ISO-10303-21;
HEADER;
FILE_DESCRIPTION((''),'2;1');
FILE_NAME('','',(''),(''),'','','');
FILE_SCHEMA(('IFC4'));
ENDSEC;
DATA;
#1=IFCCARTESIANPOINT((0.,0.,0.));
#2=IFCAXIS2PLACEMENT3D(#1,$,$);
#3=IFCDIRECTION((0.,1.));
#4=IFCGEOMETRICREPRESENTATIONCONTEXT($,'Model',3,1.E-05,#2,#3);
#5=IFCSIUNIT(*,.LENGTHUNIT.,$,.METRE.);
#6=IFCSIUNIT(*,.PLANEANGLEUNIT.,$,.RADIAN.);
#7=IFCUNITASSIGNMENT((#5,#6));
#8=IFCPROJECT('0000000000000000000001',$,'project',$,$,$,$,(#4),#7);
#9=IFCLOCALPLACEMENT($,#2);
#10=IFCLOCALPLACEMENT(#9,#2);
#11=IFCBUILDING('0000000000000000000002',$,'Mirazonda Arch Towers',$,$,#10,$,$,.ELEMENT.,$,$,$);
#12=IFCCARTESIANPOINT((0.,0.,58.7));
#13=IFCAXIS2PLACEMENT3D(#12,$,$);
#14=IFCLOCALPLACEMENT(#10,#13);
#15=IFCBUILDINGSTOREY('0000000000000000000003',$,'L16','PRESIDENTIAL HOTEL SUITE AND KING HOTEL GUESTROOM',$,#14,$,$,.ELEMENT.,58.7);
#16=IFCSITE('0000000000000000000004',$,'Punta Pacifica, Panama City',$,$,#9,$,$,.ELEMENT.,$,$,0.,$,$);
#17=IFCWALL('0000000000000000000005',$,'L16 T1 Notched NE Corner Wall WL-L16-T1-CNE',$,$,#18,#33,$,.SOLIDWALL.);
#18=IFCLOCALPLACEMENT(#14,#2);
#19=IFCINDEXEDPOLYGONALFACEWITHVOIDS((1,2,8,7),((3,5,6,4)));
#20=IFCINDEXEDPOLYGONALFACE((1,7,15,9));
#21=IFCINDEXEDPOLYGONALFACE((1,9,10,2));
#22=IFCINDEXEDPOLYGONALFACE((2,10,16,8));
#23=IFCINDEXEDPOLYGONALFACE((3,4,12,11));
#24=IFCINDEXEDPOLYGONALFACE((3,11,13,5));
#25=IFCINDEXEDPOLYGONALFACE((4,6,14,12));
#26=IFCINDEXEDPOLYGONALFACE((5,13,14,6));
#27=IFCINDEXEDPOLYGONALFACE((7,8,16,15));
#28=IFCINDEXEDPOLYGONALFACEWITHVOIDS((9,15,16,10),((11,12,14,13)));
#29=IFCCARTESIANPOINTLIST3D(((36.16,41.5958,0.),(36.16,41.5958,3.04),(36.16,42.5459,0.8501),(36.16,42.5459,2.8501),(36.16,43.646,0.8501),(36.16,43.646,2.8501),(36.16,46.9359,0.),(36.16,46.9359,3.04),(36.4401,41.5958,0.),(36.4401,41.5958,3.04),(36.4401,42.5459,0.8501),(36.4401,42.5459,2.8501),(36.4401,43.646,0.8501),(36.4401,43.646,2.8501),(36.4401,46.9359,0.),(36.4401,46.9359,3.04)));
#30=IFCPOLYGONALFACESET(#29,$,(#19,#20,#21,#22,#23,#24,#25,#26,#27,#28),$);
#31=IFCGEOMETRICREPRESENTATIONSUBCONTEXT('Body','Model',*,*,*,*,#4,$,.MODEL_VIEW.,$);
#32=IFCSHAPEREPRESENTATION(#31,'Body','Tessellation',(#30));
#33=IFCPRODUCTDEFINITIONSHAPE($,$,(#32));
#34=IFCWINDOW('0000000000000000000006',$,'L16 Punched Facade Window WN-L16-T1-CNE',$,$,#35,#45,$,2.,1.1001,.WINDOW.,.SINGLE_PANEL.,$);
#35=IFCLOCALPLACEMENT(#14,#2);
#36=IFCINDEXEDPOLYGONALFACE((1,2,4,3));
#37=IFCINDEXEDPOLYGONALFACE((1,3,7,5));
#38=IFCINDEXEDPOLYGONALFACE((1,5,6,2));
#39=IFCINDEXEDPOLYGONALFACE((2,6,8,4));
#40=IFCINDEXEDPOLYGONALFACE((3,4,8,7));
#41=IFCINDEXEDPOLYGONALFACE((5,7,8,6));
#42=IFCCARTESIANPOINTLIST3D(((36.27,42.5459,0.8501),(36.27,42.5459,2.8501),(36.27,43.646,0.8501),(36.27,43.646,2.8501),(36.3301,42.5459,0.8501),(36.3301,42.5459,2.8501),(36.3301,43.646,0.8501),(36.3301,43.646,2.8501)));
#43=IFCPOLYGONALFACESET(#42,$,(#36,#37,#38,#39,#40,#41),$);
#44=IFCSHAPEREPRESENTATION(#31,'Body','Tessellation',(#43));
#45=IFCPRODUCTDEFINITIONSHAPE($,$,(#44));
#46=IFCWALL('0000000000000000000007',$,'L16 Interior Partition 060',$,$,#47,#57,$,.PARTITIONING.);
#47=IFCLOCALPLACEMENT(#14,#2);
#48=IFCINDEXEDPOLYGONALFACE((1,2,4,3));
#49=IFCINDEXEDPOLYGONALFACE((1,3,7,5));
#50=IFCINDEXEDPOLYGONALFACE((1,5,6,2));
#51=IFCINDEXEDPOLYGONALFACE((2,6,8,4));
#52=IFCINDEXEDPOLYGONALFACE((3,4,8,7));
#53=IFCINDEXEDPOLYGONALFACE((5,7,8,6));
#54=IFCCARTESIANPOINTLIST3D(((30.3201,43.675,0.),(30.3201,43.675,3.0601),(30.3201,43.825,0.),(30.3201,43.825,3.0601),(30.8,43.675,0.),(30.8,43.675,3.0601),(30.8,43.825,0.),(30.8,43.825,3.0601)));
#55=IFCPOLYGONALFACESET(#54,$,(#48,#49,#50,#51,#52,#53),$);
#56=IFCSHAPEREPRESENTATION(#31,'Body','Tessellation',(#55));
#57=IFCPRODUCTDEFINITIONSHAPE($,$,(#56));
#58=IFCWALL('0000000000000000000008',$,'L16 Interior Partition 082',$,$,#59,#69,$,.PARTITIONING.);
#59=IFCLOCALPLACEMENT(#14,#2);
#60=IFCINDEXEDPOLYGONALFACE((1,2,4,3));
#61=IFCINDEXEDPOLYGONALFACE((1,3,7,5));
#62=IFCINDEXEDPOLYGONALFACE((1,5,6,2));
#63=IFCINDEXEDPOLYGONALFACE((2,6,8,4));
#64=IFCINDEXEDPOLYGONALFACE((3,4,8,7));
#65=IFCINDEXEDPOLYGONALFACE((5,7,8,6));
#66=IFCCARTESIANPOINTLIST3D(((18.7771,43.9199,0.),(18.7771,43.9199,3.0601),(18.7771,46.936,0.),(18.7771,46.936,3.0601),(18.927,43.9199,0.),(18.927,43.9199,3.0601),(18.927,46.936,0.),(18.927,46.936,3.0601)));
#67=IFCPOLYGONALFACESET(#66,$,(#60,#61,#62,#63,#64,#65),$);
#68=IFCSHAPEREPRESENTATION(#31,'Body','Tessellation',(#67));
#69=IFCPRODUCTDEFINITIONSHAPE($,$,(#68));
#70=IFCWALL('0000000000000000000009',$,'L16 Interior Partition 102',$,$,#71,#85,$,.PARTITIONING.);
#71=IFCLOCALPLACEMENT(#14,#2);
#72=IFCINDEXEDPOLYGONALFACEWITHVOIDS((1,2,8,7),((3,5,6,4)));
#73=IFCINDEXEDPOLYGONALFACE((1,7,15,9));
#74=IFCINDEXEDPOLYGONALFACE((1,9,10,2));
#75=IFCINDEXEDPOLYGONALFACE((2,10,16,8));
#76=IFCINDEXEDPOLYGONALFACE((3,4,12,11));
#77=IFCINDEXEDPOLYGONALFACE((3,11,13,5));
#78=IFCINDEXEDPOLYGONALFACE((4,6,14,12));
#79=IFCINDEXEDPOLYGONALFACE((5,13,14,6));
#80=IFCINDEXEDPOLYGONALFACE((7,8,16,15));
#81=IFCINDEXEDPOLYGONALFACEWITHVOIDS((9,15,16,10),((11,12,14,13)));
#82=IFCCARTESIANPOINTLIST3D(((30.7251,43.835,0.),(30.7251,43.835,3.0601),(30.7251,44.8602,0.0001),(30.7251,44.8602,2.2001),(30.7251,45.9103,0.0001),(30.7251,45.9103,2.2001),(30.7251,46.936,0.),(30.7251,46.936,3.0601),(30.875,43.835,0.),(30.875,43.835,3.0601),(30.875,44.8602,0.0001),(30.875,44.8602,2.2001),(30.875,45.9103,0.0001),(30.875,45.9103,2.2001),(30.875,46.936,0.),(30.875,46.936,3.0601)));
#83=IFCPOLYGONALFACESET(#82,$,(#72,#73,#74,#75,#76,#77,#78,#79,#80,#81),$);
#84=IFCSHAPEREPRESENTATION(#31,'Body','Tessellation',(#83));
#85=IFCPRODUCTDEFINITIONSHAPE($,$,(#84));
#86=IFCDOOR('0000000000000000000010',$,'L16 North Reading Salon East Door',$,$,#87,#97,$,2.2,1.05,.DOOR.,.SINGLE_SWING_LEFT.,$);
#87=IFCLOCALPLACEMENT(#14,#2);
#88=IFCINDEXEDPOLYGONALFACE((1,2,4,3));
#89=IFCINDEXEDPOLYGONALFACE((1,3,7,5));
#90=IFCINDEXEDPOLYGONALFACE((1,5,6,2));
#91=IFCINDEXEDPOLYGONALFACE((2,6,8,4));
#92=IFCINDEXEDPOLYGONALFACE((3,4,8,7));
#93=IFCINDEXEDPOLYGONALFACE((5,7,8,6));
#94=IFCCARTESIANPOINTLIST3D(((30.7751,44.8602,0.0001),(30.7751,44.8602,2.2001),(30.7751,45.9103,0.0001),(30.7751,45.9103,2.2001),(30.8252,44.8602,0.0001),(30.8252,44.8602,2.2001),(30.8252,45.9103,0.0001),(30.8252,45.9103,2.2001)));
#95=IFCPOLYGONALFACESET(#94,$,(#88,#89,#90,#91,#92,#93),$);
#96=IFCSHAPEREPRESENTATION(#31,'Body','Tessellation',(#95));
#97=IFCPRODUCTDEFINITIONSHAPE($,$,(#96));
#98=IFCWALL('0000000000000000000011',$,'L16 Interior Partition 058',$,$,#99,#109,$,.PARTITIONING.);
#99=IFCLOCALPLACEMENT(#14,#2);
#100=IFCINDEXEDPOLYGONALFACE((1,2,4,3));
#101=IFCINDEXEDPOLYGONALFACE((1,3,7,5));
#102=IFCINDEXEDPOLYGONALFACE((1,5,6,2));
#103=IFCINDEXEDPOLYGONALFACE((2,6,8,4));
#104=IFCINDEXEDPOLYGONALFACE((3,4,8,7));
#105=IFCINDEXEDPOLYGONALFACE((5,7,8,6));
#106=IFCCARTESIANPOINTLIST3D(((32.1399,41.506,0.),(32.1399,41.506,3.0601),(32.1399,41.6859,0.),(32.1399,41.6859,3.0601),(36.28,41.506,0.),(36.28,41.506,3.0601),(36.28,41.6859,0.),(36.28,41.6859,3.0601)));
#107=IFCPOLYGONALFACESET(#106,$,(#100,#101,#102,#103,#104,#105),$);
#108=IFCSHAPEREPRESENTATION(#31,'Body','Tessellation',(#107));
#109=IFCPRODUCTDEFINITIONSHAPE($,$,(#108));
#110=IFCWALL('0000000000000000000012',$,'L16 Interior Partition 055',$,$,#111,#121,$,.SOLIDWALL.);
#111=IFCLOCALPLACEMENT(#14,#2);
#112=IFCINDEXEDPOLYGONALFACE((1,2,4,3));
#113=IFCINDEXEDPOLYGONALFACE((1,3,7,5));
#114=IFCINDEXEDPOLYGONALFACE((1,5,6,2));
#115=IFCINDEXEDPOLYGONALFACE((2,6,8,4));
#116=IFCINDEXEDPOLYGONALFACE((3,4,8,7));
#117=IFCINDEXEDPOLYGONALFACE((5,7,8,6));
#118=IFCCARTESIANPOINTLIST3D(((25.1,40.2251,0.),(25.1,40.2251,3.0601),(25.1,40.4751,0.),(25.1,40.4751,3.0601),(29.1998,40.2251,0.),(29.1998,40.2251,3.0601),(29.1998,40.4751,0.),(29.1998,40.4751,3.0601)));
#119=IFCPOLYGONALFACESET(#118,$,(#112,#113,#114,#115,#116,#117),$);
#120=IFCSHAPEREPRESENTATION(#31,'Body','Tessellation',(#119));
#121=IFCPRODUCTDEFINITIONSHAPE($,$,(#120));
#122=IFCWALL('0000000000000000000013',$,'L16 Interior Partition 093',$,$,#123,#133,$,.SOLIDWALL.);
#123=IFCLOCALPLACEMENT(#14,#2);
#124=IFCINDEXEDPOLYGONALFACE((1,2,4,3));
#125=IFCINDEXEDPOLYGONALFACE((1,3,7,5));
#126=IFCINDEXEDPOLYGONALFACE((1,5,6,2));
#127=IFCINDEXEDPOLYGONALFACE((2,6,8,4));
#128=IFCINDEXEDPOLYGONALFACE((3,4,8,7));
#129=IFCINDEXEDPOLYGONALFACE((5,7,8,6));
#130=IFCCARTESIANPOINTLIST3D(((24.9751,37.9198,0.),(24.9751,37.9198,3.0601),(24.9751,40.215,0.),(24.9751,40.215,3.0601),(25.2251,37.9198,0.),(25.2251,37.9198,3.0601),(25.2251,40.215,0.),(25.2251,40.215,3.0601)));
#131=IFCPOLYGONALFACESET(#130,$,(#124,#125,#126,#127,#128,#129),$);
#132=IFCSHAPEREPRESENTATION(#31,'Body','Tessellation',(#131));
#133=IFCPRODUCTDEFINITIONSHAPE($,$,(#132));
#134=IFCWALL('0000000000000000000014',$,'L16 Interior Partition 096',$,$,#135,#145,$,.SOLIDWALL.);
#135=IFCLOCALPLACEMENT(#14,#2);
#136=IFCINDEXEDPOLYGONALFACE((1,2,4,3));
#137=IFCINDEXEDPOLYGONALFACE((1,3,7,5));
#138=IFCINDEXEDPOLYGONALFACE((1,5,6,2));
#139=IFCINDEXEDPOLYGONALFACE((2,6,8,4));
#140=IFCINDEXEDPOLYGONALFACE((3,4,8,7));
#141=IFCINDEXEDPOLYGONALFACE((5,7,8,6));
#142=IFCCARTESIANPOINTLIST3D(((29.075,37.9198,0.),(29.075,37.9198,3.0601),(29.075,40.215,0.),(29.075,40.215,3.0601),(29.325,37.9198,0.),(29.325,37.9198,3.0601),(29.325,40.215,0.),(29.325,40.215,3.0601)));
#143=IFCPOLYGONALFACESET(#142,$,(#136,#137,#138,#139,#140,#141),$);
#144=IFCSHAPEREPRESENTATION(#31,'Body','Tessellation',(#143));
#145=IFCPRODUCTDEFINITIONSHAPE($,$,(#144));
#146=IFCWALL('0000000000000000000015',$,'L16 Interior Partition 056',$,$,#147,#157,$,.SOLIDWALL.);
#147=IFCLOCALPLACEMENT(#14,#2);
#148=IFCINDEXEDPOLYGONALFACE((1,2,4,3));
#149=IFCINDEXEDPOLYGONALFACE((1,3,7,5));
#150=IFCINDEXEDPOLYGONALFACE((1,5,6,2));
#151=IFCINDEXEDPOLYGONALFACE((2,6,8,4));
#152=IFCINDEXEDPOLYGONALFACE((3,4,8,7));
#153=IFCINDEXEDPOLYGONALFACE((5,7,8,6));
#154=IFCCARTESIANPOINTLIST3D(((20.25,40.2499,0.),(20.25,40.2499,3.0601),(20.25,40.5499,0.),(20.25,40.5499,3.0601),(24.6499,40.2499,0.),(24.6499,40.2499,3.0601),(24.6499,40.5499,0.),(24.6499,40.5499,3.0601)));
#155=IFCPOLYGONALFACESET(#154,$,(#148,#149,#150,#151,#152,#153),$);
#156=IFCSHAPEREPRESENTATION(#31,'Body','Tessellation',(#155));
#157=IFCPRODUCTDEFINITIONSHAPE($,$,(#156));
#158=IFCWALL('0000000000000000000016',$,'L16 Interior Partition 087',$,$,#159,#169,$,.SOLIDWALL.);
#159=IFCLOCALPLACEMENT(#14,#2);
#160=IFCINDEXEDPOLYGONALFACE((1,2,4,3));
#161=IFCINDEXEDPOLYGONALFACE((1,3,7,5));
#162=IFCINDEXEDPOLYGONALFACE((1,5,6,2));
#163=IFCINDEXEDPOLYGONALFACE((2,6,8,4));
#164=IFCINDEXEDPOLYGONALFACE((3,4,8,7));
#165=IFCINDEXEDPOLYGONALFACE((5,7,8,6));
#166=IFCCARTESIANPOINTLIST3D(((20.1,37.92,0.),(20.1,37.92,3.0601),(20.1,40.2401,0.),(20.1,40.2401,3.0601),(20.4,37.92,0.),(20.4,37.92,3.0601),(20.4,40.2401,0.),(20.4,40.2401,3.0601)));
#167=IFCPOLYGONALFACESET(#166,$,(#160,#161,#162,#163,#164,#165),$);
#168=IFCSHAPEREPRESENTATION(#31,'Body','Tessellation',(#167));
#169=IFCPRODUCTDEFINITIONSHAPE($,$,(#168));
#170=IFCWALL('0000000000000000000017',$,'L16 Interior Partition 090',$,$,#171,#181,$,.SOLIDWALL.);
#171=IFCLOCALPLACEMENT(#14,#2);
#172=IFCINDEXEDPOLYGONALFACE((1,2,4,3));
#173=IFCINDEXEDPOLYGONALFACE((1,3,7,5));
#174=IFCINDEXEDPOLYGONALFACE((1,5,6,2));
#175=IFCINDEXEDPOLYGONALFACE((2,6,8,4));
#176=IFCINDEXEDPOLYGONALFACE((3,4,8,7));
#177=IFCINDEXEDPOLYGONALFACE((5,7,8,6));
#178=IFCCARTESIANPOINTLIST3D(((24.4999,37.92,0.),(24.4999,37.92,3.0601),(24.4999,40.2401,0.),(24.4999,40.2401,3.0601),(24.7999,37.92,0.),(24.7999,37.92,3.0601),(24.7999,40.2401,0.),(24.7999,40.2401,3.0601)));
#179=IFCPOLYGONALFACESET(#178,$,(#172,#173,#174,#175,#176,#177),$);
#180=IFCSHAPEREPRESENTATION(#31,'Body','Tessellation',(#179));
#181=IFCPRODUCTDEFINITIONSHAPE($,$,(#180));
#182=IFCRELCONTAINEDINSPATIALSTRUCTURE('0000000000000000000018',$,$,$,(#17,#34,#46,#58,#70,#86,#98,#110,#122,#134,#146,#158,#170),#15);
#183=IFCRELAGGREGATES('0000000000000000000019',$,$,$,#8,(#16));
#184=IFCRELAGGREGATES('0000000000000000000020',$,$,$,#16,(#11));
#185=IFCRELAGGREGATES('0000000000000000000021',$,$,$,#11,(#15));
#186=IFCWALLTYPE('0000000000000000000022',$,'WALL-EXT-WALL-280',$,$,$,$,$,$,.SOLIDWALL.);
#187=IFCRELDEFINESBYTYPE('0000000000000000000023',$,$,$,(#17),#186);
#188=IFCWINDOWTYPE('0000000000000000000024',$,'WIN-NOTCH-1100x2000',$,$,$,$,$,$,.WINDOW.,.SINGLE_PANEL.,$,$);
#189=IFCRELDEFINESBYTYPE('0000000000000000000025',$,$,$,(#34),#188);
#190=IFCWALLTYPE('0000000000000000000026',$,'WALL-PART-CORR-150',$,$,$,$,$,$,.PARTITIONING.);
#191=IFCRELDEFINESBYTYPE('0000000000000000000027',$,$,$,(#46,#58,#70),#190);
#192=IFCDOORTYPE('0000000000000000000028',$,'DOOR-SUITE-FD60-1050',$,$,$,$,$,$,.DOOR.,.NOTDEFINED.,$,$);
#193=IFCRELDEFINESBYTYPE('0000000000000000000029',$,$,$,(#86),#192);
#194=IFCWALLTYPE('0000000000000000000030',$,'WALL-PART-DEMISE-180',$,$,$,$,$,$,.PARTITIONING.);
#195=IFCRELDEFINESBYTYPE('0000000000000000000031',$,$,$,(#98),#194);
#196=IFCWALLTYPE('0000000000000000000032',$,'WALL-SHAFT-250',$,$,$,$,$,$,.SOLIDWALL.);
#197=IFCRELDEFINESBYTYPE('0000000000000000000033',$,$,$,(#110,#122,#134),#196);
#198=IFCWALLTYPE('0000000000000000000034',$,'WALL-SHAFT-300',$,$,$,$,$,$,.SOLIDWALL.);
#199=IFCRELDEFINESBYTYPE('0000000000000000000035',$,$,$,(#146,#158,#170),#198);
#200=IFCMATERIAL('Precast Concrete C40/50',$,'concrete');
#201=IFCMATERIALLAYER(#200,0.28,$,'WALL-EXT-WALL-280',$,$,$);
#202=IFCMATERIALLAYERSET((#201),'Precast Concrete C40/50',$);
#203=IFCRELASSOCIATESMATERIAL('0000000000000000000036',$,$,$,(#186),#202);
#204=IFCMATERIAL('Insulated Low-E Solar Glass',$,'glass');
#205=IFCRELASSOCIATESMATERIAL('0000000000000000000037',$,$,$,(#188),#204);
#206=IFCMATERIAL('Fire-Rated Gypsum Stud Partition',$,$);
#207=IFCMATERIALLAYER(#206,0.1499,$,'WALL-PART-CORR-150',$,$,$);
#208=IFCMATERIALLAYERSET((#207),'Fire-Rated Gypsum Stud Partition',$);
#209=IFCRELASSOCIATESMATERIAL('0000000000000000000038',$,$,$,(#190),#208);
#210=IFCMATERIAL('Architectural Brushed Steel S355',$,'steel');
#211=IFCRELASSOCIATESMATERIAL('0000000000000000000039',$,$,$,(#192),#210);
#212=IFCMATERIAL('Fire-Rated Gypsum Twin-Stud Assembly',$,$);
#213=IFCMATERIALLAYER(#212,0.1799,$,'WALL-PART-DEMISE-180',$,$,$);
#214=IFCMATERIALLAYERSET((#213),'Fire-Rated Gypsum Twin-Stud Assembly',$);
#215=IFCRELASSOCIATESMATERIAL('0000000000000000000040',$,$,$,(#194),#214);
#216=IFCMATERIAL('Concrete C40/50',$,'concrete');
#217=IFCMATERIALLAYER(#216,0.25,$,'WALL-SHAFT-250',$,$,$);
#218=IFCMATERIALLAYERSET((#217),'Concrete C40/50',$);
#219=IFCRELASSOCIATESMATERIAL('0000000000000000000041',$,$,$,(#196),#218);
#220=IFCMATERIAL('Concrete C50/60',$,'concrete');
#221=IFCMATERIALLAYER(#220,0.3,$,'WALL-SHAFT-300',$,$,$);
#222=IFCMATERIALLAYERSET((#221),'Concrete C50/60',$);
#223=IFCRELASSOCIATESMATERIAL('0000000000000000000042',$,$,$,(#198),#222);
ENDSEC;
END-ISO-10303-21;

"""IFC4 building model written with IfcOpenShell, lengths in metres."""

from ifc_helpers import new_model, si_unit, direction, frame, frame_2d, origin, place, context, subcontext, project, spatial, rectangle, extrude, material, layer, layer_set, type_object, element, fill, save


model = new_model("IFC4")

# Units and contexts
model_context = context("Model", 3, precision=1e-05, world=origin(), true_north=direction((0.0, 1.0)))
body_context = subcontext(model_context, "Body", "Model", "MODEL_VIEW")
ifc_project = project(units=[si_unit("LENGTHUNIT", "METRE"), si_unit("PLANEANGLEUNIT", "RADIAN")], contexts=[model_context])

# Site, building, storey
site_placement = place(None, origin())
site = spatial("IfcSite", under=ifc_project, at=site_placement, Name="Punta Pacifica, Panama City", CompositionType="ELEMENT", RefElevation=0.0)
building_placement = place(site_placement, origin())
building = spatial("IfcBuilding", under=site, at=building_placement, Name="Mirazonda Arch Towers", CompositionType="ELEMENT")
storey_placement = place(building_placement, frame((0.0, 0.0, 58.7)))
storey = spatial("IfcBuildingStorey", under=building, at=storey_placement, Name="L16", Description="PRESIDENTIAL HOTEL SUITE AND KING HOTEL GUESTROOM", CompositionType="ELEMENT", Elevation=58.7)

# Shared definitions
ifc_material_1 = material(Name="Insulated Low-E Solar Glass", Category="glass")

# Wall, opening, window
ifc_material_2 = material(Name="Precast Concrete C40/50", Category="concrete")
ifc_layer_1 = layer(ifc_material_2, 0.28, Name="WALL-EXT-WALL-280")
ifc_layer_set_1 = layer_set([ifc_layer_1], Name="Precast Concrete C40/50")
wall_type_1 = type_object("IfcWallType", Name="WALL-EXT-WALL-280", PredefinedType="SOLIDWALL", material=ifc_layer_set_1)
wall_1_placement = place(storey_placement, frame((36.3, 41.5959, 0.0), z_axis=(0.0, 0.0, 1.0), x_axis=(0.0, 1.0, 0.0)))
wall_1 = element("IfcWall", 1, at=wall_1_placement, inside=storey, type_object=wall_type_1, Name="L16 T1 Notched NE Corner Wall WL-L16-T1-CNE", PredefinedType="SOLIDWALL", context=body_context, shape_type="SweptSolid", body=[
    extrude(rectangle(XDim=5.3401, YDim=0.28, at=frame_2d((2.6699, 0.0))), origin(), (0.0, 0.0, 1.0), 3.04),
])
opening_1_placement = place(wall_1_placement, frame((0.95, 0.0, 0.8501)))
opening_1 = element("IfcOpeningElement", 2, at=opening_1_placement, cuts=wall_1, PredefinedType="OPENING", context=body_context, shape_type="SweptSolid", body=[
    extrude(rectangle(XDim=1.1001, YDim=2.0, at=frame_2d((0.55, 1.0))), frame((0.0, 0.1499, 0.0), z_axis=(0.0, -1.0, 0.0), x_axis=(1.0, 0.0, 0.0)), (0.0, 0.0, 1.0), 0.3),
])
window_type = type_object("IfcWindowType", Name="WIN-NOTCH-1100x2000", PartitioningType="SINGLE_PANEL", PredefinedType="WINDOW", material=ifc_material_1)
window_placement = place(opening_1_placement, origin())
window = element("IfcWindow", 3, at=window_placement, inside=storey, type_object=window_type, Name="L16 Punched Facade Window WN-L16-T1-CNE", OverallHeight=2.0, OverallWidth=1.1001, PartitioningType="SINGLE_PANEL", PredefinedType="WINDOW", context=body_context, shape_type="SweptSolid", body=[
    extrude(rectangle(XDim=1.1001, YDim=2.0, at=frame_2d((0.55, 1.0))), frame((0.0, 0.03, 0.0), z_axis=(0.0, -1.0, 0.0), x_axis=(1.0, 0.0, 0.0)), (0.0, 0.0, 1.0), 0.0601),
])
fill(opening_1, window)

# Walls
ifc_material_3 = material(Name="Fire-Rated Gypsum Stud Partition")
ifc_layer_2 = layer(ifc_material_3, 0.1499, Name="WALL-PART-CORR-150")
ifc_layer_set_2 = layer_set([ifc_layer_2], Name="Fire-Rated Gypsum Stud Partition")
wall_type_2 = type_object("IfcWallType", Name="WALL-PART-CORR-150", PredefinedType="PARTITIONING", material=ifc_layer_set_2)
wall_2_placement = place(storey_placement, frame((30.3201, 43.75, 0.0), z_axis=(0.0, 0.0, 1.0), x_axis=(1.0, 0.0, 0.0)))
element("IfcWall", 4, at=wall_2_placement, inside=storey, type_object=wall_type_2, Name="L16 Interior Partition 060", PredefinedType="PARTITIONING", context=body_context, shape_type="SweptSolid", body=[
    extrude(rectangle(XDim=0.48, YDim=0.1499, at=frame_2d((0.24, 0.0))), origin(), (0.0, 0.0, 1.0), 3.0601),
])
wall_3_placement = place(storey_placement, frame((18.8521, 43.9199, 0.0), z_axis=(0.0, 0.0, 1.0), x_axis=(0.0, 1.0, 0.0)))
element("IfcWall", 5, at=wall_3_placement, inside=storey, type_object=wall_type_2, Name="L16 Interior Partition 082", PredefinedType="PARTITIONING", context=body_context, shape_type="SweptSolid", body=[
    extrude(rectangle(XDim=3.0161, YDim=0.1499, at=frame_2d((1.5081, 0.0))), origin(), (0.0, 0.0, 1.0), 3.0601),
])

# Wall, opening, door
wall_4_placement = place(storey_placement, frame((30.8, 43.835, 0.0), z_axis=(0.0, 0.0, 1.0), x_axis=(0.0, 1.0, 0.0)))
wall_4 = element("IfcWall", 6, at=wall_4_placement, inside=storey, type_object=wall_type_2, Name="L16 Interior Partition 102", PredefinedType="PARTITIONING", context=body_context, shape_type="SweptSolid", body=[
    extrude(rectangle(XDim=3.1011, YDim=0.1499, at=frame_2d((1.5505, 0.0))), origin(), (0.0, 0.0, 1.0), 3.0601),
])
opening_2_placement = place(wall_4_placement, frame((1.0254, 0.0, 0.0)))
opening_2 = element("IfcOpeningElement", 7, at=opening_2_placement, cuts=wall_4, PredefinedType="OPENING", context=body_context, shape_type="SweptSolid", body=[
    extrude(rectangle(XDim=1.05, YDim=2.2, at=frame_2d((0.5249, 1.1001))), frame((0.0, 0.085, 0.0), z_axis=(0.0, -1.0, 0.0), x_axis=(1.0, 0.0, 0.0)), (0.0, 0.0, 1.0), 0.1699),
])
ifc_material_4 = material(Name="Architectural Brushed Steel S355", Category="steel")
door_type_1 = type_object("IfcDoorType", Name="DOOR-SUITE-FD60-1050", OperationType="NOTDEFINED", PredefinedType="DOOR", material=ifc_material_4)
door_1_placement = place(opening_2_placement, origin())
door_1 = element("IfcDoor", 8, at=door_1_placement, inside=storey, type_object=door_type_1, Name="L16 North Reading Salon East Door", OperationType="SINGLE_SWING_LEFT", OverallHeight=2.2, OverallWidth=1.05, PredefinedType="DOOR", context=body_context, shape_type="SweptSolid", body=[
    extrude(rectangle(XDim=1.05, YDim=2.2, at=frame_2d((0.5249, 1.1001))), frame((0.0, 0.0249, 0.0), z_axis=(0.0, -1.0, 0.0), x_axis=(1.0, 0.0, 0.0)), (0.0, 0.0, 1.0), 0.05),
])
fill(opening_2, door_1)

# Wall
ifc_material_5 = material(Name="Fire-Rated Gypsum Twin-Stud Assembly")
ifc_layer_3 = layer(ifc_material_5, 0.1799, Name="WALL-PART-DEMISE-180")
ifc_layer_set_3 = layer_set([ifc_layer_3], Name="Fire-Rated Gypsum Twin-Stud Assembly")
wall_type_3 = type_object("IfcWallType", Name="WALL-PART-DEMISE-180", PredefinedType="PARTITIONING", material=ifc_layer_set_3)
wall_5_placement = place(storey_placement, frame((32.1399, 41.5959, 0.0), z_axis=(0.0, 0.0, 1.0), x_axis=(1.0, 0.0, 0.0)))
element("IfcWall", 9, at=wall_5_placement, inside=storey, type_object=wall_type_3, Name="L16 Interior Partition 058", PredefinedType="PARTITIONING", context=body_context, shape_type="SweptSolid", body=[
    extrude(rectangle(XDim=4.1401, YDim=0.1799, at=frame_2d((2.0701, 0.0))), origin(), (0.0, 0.0, 1.0), 3.0601),
])

# Walls
ifc_material_6 = material(Name="Concrete C40/50", Category="concrete")
ifc_layer_4 = layer(ifc_material_6, 0.25, Name="WALL-SHAFT-250")
ifc_layer_set_4 = layer_set([ifc_layer_4], Name="Concrete C40/50")
wall_type_4 = type_object("IfcWallType", Name="WALL-SHAFT-250", PredefinedType="SOLIDWALL", material=ifc_layer_set_4)
wall_6_placement = place(storey_placement, frame((25.1001, 40.3501, 0.0), z_axis=(0.0, 0.0, 1.0), x_axis=(1.0, 0.0, 0.0)))
element("IfcWall", 10, at=wall_6_placement, inside=storey, type_object=wall_type_4, Name="L16 Interior Partition 055", PredefinedType="SOLIDWALL", context=body_context, shape_type="SweptSolid", body=[
    extrude(rectangle(XDim=4.0999, YDim=0.25, at=frame_2d((2.0498, 0.0))), origin(), (0.0, 0.0, 1.0), 3.0601),
])
for number, where, z_axis, x_axis, name in (
    (11, (25.1001, 37.9199, 0.0), (0.0, 0.0, 1.0), (0.0, 1.0, 0.0), "L16 Interior Partition 093"),
    (12, (29.2, 37.9199, 0.0), (0.0, 0.0, 1.0), (0.0, 1.0, 0.0), "L16 Interior Partition 096"),
):
    element("IfcWall", number, at=place(storey_placement, frame(where, z_axis=z_axis, x_axis=x_axis)), inside=storey, type_object=wall_type_4, Name=name, PredefinedType="SOLIDWALL", context=body_context, shape_type="SweptSolid", body=[
        extrude(rectangle(XDim=2.2952, YDim=0.25, at=frame_2d((1.1475, 0.0))), origin(), (0.0, 0.0, 1.0), 3.0601),
    ])
ifc_material_7 = material(Name="Concrete C50/60", Category="concrete")
ifc_layer_5 = layer(ifc_material_7, 0.3, Name="WALL-SHAFT-300")
ifc_layer_set_5 = layer_set([ifc_layer_5], Name="Concrete C50/60")
wall_type_5 = type_object("IfcWallType", Name="WALL-SHAFT-300", PredefinedType="SOLIDWALL", material=ifc_layer_set_5)
wall_7_placement = place(storey_placement, frame((20.25, 40.3999, 0.0), z_axis=(0.0, 0.0, 1.0), x_axis=(1.0, 0.0, 0.0)))
element("IfcWall", 13, at=wall_7_placement, inside=storey, type_object=wall_type_5, Name="L16 Interior Partition 056", PredefinedType="SOLIDWALL", context=body_context, shape_type="SweptSolid", body=[
    extrude(rectangle(XDim=4.3999, YDim=0.3, at=frame_2d((2.2, 0.0))), origin(), (0.0, 0.0, 1.0), 3.0601),
])
for number, where, z_axis, x_axis, name in (
    (14, (20.25, 37.9199, 0.0), (0.0, 0.0, 1.0), (0.0, 1.0, 0.0), "L16 Interior Partition 087"),
    (15, (24.6499, 37.9199, 0.0), (0.0, 0.0, 1.0), (0.0, 1.0, 0.0), "L16 Interior Partition 090"),
):
    element("IfcWall", number, at=place(storey_placement, frame(where, z_axis=z_axis, x_axis=x_axis)), inside=storey, type_object=wall_type_5, Name=name, PredefinedType="SOLIDWALL", context=body_context, shape_type="SweptSolid", body=[
        extrude(rectangle(XDim=2.3201, YDim=0.3, at=frame_2d((1.1602, 0.0))), origin(), (0.0, 0.0, 1.0), 3.0601),
    ])

save(model, "model.ifc")
